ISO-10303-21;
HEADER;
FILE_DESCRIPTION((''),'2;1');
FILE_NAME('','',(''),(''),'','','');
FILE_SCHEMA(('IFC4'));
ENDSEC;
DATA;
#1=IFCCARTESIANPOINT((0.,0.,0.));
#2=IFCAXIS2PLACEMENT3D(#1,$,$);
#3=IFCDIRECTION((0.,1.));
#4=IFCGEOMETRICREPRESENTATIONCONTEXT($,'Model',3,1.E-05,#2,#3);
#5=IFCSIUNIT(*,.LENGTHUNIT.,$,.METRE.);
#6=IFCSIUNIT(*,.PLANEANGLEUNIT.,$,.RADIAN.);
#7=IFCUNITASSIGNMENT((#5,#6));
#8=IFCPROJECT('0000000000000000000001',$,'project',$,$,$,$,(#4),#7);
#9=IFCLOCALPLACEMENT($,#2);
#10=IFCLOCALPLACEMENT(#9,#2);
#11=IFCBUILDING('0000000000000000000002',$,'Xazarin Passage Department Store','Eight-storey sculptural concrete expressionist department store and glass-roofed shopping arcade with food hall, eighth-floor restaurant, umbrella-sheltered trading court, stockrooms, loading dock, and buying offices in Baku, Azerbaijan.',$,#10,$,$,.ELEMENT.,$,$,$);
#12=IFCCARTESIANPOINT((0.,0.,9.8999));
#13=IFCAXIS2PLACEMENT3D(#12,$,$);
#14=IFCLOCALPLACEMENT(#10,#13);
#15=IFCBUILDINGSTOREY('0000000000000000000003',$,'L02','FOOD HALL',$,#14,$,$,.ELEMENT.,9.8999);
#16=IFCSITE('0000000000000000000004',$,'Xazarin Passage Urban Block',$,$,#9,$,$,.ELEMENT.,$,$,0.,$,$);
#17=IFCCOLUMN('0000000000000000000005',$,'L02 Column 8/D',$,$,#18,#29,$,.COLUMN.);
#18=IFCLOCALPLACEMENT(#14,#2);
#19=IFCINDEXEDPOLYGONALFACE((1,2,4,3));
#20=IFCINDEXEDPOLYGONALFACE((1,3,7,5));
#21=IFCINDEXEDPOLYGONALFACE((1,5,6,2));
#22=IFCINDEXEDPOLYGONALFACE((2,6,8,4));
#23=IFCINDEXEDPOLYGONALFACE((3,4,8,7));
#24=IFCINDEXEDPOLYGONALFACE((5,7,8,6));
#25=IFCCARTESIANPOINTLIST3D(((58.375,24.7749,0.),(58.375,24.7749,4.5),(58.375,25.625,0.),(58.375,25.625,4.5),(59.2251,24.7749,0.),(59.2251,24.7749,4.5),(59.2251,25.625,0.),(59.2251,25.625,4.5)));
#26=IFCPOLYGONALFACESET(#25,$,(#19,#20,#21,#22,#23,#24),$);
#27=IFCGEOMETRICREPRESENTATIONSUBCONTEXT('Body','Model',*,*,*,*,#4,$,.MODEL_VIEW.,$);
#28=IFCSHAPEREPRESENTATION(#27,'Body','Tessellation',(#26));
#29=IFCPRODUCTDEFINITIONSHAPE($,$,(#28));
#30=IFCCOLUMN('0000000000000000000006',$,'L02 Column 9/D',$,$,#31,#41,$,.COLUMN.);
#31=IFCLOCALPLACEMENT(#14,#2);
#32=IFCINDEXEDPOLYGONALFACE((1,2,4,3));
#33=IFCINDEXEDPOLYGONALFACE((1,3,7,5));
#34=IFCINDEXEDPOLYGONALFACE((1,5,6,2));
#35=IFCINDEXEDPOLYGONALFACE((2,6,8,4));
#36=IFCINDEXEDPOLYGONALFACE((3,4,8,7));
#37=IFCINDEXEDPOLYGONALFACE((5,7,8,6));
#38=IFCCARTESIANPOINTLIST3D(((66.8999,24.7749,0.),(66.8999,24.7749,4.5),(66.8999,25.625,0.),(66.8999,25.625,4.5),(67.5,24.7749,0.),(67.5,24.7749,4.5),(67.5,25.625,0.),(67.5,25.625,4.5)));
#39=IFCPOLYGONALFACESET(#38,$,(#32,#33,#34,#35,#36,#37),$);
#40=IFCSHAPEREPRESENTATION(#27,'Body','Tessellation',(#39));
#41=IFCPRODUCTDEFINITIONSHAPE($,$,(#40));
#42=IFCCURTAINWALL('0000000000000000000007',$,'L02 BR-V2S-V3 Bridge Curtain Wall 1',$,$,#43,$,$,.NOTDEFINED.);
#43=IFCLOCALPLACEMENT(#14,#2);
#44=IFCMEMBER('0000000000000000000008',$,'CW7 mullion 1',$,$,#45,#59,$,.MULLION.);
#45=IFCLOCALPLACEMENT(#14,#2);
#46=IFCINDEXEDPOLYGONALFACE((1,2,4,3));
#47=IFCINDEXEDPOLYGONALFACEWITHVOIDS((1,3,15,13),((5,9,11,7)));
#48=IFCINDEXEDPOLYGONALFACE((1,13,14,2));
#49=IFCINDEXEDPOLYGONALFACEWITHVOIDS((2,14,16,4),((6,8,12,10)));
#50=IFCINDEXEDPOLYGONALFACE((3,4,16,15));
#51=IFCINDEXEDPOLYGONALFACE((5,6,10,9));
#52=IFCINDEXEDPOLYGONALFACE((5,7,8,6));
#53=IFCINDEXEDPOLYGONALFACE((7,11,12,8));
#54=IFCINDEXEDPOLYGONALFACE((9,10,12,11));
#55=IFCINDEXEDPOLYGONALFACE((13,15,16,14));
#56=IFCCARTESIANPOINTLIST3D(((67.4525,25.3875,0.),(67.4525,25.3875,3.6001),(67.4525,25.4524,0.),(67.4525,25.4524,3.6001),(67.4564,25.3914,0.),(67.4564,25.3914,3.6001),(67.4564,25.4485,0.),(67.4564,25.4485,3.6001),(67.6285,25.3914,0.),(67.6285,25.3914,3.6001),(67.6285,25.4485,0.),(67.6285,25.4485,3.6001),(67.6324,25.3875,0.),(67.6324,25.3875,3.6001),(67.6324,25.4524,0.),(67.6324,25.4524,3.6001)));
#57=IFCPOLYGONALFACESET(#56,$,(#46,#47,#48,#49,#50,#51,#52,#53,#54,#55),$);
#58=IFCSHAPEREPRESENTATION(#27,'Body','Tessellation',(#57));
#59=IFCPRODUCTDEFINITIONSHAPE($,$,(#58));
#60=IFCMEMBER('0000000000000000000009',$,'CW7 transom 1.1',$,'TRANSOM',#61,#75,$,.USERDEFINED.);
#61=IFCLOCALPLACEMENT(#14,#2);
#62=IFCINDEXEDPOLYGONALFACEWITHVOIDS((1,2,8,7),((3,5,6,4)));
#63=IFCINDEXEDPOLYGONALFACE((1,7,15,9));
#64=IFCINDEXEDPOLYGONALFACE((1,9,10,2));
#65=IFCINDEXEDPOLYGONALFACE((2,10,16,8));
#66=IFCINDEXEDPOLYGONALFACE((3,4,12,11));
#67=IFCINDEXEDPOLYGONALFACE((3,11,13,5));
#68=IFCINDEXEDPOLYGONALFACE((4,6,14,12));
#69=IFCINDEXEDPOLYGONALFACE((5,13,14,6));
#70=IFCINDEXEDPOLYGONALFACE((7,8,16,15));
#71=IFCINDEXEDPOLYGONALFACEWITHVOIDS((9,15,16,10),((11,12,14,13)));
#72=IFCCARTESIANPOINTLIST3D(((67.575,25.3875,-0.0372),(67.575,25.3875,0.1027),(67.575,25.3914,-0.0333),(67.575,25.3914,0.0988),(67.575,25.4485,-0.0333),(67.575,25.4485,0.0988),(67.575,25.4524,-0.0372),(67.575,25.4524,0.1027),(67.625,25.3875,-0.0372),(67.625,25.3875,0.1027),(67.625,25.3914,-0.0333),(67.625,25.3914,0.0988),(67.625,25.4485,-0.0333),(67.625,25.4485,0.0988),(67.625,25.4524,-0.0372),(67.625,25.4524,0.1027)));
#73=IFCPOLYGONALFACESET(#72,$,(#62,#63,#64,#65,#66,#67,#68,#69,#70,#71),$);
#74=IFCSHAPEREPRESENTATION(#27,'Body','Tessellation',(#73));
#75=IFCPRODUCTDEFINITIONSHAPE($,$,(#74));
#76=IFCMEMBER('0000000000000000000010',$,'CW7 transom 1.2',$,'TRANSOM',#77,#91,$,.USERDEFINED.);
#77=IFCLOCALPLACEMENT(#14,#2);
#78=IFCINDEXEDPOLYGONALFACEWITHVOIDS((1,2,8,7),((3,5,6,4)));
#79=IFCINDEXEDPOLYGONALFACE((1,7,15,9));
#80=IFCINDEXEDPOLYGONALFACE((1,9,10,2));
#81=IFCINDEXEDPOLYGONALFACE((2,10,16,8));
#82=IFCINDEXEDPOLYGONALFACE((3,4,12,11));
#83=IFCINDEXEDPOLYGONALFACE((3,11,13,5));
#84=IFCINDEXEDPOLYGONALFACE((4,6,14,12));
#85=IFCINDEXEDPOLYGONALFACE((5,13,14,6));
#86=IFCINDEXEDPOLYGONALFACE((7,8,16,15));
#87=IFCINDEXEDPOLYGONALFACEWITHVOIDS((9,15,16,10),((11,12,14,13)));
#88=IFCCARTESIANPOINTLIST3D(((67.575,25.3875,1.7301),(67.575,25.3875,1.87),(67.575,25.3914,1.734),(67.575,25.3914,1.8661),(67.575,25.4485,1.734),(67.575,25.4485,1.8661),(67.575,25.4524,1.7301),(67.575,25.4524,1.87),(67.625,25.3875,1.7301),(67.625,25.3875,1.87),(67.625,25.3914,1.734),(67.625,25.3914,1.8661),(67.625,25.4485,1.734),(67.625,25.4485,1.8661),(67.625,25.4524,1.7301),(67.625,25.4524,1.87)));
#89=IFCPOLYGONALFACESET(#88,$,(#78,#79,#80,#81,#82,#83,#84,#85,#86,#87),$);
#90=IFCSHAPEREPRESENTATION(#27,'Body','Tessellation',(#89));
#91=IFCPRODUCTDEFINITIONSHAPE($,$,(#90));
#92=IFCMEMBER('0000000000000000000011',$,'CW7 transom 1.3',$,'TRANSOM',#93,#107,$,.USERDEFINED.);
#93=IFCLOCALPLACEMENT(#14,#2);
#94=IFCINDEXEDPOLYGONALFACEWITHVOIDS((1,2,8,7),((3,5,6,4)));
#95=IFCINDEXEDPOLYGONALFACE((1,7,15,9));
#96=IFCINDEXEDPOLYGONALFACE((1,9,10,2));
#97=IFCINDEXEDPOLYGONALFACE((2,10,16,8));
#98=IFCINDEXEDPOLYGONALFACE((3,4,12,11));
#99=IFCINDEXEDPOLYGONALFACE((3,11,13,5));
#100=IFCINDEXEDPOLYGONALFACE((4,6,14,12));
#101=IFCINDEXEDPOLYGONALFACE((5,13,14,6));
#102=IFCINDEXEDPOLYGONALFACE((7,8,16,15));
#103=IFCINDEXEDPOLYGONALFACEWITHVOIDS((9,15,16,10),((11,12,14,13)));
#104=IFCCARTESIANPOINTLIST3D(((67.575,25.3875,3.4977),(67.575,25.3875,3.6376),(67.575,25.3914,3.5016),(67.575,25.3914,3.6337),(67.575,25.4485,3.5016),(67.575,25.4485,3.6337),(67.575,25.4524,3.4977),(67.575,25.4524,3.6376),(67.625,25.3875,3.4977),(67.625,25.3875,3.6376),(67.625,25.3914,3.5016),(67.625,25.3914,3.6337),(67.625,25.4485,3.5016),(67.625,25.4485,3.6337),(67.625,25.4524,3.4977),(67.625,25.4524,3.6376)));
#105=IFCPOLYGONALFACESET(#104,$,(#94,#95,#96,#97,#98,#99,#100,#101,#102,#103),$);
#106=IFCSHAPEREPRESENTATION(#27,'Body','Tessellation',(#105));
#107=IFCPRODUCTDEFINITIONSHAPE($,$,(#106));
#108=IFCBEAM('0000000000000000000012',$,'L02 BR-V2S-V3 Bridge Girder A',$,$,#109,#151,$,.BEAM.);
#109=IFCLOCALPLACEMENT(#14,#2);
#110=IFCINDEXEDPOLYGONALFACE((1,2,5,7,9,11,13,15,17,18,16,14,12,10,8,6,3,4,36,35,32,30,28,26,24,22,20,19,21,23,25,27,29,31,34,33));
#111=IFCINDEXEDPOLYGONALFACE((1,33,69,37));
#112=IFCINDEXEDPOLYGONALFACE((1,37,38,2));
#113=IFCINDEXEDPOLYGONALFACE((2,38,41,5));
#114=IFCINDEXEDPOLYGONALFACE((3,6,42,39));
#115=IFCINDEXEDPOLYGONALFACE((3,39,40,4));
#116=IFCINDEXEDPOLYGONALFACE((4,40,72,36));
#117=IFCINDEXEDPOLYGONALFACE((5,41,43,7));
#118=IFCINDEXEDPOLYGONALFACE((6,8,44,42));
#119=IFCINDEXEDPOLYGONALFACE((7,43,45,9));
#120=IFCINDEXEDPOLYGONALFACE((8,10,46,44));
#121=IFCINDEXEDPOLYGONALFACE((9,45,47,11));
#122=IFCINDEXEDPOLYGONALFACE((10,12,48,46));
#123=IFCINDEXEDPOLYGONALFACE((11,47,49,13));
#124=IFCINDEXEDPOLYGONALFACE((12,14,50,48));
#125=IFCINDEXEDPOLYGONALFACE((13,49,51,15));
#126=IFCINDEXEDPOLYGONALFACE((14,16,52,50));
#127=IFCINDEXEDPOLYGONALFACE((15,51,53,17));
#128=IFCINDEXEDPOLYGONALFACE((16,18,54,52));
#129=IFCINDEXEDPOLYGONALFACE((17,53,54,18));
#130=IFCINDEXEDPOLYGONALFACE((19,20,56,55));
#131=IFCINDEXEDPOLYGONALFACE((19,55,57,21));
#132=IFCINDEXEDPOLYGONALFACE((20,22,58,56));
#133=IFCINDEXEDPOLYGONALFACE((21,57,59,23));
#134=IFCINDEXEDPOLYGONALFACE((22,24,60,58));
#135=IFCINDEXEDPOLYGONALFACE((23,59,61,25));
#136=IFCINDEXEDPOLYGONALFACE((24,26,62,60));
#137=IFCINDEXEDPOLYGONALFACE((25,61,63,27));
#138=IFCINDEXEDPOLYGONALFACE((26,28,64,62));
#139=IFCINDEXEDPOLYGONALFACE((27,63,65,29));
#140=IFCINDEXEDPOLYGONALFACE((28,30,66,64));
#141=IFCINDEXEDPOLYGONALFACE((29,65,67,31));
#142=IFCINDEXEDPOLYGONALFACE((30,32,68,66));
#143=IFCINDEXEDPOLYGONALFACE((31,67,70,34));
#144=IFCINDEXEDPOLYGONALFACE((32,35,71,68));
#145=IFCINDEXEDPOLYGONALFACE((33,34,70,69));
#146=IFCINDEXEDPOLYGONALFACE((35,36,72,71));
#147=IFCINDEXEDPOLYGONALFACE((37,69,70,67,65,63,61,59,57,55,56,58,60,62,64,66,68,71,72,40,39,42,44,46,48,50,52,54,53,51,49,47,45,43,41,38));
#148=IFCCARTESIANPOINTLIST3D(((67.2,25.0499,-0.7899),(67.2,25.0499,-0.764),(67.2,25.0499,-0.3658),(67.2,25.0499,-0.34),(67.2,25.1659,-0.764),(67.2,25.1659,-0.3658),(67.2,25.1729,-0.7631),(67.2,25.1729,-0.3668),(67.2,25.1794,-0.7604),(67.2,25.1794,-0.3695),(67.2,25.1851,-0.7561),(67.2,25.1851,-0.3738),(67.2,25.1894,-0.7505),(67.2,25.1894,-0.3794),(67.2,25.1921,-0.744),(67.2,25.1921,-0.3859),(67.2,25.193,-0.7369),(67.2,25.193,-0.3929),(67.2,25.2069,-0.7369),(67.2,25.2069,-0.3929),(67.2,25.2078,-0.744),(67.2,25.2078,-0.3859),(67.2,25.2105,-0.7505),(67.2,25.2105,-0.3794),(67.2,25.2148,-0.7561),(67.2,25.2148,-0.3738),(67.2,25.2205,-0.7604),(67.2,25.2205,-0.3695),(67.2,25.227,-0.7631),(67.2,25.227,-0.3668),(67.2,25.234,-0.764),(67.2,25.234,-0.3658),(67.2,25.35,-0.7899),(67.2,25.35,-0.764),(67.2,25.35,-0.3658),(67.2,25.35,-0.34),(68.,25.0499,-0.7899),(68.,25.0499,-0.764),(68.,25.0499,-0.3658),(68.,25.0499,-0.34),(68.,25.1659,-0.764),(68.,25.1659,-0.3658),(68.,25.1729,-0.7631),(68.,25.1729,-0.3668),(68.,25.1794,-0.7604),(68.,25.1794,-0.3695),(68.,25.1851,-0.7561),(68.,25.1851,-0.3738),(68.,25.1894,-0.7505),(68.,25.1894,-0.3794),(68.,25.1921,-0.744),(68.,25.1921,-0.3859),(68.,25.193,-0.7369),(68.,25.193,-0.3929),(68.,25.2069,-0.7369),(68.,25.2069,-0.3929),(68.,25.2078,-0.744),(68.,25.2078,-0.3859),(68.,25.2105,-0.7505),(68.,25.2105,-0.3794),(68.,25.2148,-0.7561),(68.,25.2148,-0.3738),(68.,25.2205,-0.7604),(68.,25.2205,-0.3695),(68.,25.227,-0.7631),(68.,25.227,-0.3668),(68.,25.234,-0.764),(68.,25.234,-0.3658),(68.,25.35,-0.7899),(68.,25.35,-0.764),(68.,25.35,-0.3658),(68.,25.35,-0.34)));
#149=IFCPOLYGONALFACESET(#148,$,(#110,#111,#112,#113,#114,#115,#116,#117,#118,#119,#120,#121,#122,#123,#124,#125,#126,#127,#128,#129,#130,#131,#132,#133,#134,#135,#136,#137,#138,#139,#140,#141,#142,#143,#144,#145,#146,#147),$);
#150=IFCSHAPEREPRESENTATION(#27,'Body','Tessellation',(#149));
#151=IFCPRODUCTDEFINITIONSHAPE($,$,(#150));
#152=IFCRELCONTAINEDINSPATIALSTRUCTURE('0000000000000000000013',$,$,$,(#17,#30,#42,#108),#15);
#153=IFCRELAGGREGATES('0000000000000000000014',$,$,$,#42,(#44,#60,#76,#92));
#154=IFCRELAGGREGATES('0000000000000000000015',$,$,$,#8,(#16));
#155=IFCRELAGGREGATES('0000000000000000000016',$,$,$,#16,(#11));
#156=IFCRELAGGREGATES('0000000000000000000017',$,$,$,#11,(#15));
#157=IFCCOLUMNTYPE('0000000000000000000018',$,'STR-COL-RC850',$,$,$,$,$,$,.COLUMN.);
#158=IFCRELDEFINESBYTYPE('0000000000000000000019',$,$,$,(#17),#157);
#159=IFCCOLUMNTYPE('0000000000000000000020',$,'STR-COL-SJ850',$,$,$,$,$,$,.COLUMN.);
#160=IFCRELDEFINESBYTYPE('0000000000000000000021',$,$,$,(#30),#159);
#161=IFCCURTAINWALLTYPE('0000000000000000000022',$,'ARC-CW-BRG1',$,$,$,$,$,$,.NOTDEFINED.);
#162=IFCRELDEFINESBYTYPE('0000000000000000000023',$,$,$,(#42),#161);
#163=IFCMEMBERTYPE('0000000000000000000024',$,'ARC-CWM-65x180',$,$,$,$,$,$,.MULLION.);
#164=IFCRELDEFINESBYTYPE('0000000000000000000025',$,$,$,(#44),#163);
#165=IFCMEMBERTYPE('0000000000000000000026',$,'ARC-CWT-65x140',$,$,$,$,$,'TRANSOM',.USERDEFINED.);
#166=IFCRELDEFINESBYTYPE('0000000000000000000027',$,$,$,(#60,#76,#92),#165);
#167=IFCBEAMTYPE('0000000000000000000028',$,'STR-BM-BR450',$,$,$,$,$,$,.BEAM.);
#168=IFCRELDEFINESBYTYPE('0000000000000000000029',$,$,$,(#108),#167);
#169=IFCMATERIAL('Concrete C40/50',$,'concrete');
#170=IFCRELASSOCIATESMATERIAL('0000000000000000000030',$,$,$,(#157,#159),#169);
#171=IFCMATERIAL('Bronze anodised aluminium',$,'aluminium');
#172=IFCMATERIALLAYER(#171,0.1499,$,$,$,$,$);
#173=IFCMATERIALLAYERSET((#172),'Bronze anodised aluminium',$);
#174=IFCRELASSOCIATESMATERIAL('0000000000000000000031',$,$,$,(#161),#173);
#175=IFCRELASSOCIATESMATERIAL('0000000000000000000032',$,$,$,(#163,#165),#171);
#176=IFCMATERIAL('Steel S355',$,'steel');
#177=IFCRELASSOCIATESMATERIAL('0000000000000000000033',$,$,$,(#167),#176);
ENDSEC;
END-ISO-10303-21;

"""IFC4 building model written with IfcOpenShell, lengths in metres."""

from ifc_helpers import new_model, si_unit, direction, frame, origin, origin_2d, place, context, subcontext, project, spatial, rectangle, hollow_rectangle, i_section, extrude, material, layer, layer_set, material_profile, profile_set, type_object, element, aggregate, save


model = new_model("IFC4")

# Units and contexts
model_context = context("Model", 3, precision=1e-05, world=origin(), true_north=direction((0.0, 1.0)))
body_context = subcontext(model_context, "Body", "Model", "MODEL_VIEW")
ifc_project = project(units=[si_unit("LENGTHUNIT", "METRE"), si_unit("PLANEANGLEUNIT", "RADIAN")], contexts=[model_context])

# Site, building, storey
site_placement = place(None, origin())
site = spatial("IfcSite", under=ifc_project, at=site_placement, Name="Xazarin Passage Urban Block", CompositionType="ELEMENT", RefElevation=0.0)
building_placement = place(site_placement, origin())
building = spatial("IfcBuilding", under=site, at=building_placement, Name="Xazarin Passage Department Store", Description="Eight-storey sculptural concrete expressionist department store and glass-roofed shopping arcade with food hall, eighth-floor restaurant, umbrella-sheltered trading court, stockrooms, loading dock, and buying offices in Baku, Azerbaijan.", CompositionType="ELEMENT")
storey_placement = place(building_placement, frame((0.0, 0.0, 9.8999)))
storey = spatial("IfcBuildingStorey", under=building, at=storey_placement, Name="L02", Description="FOOD HALL", CompositionType="ELEMENT", Elevation=9.8999)

# Columns
ifc_material_1 = material(Name="Concrete C40/50", Category="concrete")
ifc_material_profile_1 = material_profile(ifc_material_1, rectangle(XDim=0.8501, YDim=0.8501, at=origin_2d()), Name="RC 850x850")
ifc_profile_set_1 = profile_set([ifc_material_profile_1], Name="Concrete C40/50")
column_type_1 = type_object("IfcColumnType", Name="STR-COL-RC850", PredefinedType="COLUMN", material=ifc_profile_set_1)
column_1_placement = place(storey_placement, frame((58.8, 25.2, 0.0), z_axis=(0.0, 0.0, 1.0), x_axis=(1.0, 0.0, 0.0)))
element("IfcColumn", 1, at=column_1_placement, inside=storey, type_object=column_type_1, Name="L02 Column 8/D", PredefinedType="COLUMN", context=body_context, shape_type="SweptSolid", body=[
    extrude(rectangle(XDim=0.8501, YDim=0.8501, at=origin_2d()), origin(), (0.0, 0.0, 1.0), 4.5),
])
ifc_material_profile_2 = material_profile(ifc_material_1, rectangle(XDim=0.6001, YDim=0.8501, at=origin_2d()), Name="RC 600x850")
ifc_profile_set_2 = profile_set([ifc_material_profile_2], Name="Concrete C40/50")
column_type_2 = type_object("IfcColumnType", Name="STR-COL-SJ850", PredefinedType="COLUMN", material=ifc_profile_set_2)
column_2_placement = place(storey_placement, frame((67.2, 25.2, 0.0), z_axis=(0.0, 0.0, 1.0), x_axis=(1.0, 0.0, 0.0)))
element("IfcColumn", 2, at=column_2_placement, inside=storey, type_object=column_type_2, Name="L02 Column 9/D", PredefinedType="COLUMN", context=body_context, shape_type="SweptSolid", body=[
    extrude(rectangle(XDim=0.6001, YDim=0.8501, at=origin_2d()), origin(), (0.0, 0.0, 1.0), 4.5),
])

# Curtain wall, members
ifc_material_2 = material(Name="Bronze anodised aluminium", Category="aluminium")
ifc_layer_1 = layer(ifc_material_2, 0.1499)
ifc_layer_set_1 = layer_set([ifc_layer_1], Name="Bronze anodised aluminium")
curtain_wall_type = type_object("IfcCurtainWallType", Name="ARC-CW-BRG1", PredefinedType="NOTDEFINED", material=ifc_layer_set_1)
curtain_wall_placement = place(storey_placement, origin())
curtain_wall = element("IfcCurtainWall", 3, at=curtain_wall_placement, inside=storey, type_object=curtain_wall_type, Name="L02 BR-V2S-V3 Bridge Curtain Wall 1", PredefinedType="NOTDEFINED")
ifc_material_profile_3 = material_profile(ifc_material_2, hollow_rectangle(XDim=0.0649, YDim=0.1799, WallThickness=0.0039, at=origin_2d()), Name="ALU 65x180")
ifc_profile_set_3 = profile_set([ifc_material_profile_3], Name="Bronze anodised aluminium")
member_type_1 = type_object("IfcMemberType", Name="ARC-CWM-65x180", PredefinedType="MULLION", material=ifc_profile_set_3)
member_1_placement = place(storey_placement, frame((67.5425, 25.4199, 0.0), z_axis=(0.0, 0.0, 1.0), x_axis=(0.0, 1.0, 0.0)))
member_1 = element("IfcMember", 4, at=member_1_placement, type_object=member_type_1, Name="CW7 mullion 1", PredefinedType="MULLION", context=body_context, shape_type="SweptSolid", body=[
    extrude(hollow_rectangle(XDim=0.0649, YDim=0.1799, WallThickness=0.0039, at=origin_2d()), origin(), (0.0, 0.0, 1.0), 3.6001),
])
ifc_material_profile_4 = material_profile(ifc_material_2, hollow_rectangle(XDim=0.0649, YDim=0.1399, WallThickness=0.0039, at=origin_2d()), Name="ALU 65x140")
ifc_profile_set_4 = profile_set([ifc_material_profile_4], Name="Bronze anodised aluminium")
member_type_2 = type_object("IfcMemberType", Name="ARC-CWT-65x140", ElementType="TRANSOM", PredefinedType="USERDEFINED", material=ifc_profile_set_4)
member_2_placement = place(storey_placement, frame((67.575, 25.4199, 0.0327), z_axis=(1.0, 0.0, 0.0), x_axis=(0.0, 1.0, 0.0)))
member_2 = element("IfcMember", 5, at=member_2_placement, type_object=member_type_2, Name="CW7 transom 1.1", ObjectType="TRANSOM", PredefinedType="USERDEFINED", context=body_context, shape_type="SweptSolid", body=[
    extrude(hollow_rectangle(XDim=0.0649, YDim=0.1399, WallThickness=0.0039, at=origin_2d()), origin(), (0.0, 0.0, 1.0), 0.05),
])
member_3_placement = place(storey_placement, frame((67.575, 25.4199, 1.8), z_axis=(1.0, 0.0, 0.0), x_axis=(0.0, 1.0, 0.0)))
member_3 = element("IfcMember", 6, at=member_3_placement, type_object=member_type_2, Name="CW7 transom 1.2", ObjectType="TRANSOM", PredefinedType="USERDEFINED", context=body_context, shape_type="SweptSolid", body=[
    extrude(hollow_rectangle(XDim=0.0649, YDim=0.1399, WallThickness=0.0039, at=origin_2d()), origin(), (0.0, 0.0, 1.0), 0.05),
])
member_4_placement = place(storey_placement, frame((67.575, 25.4199, 3.5676), z_axis=(1.0, 0.0, 0.0), x_axis=(0.0, 1.0, 0.0)))
member_4 = element("IfcMember", 7, at=member_4_placement, type_object=member_type_2, Name="CW7 transom 1.3", ObjectType="TRANSOM", PredefinedType="USERDEFINED", context=body_context, shape_type="SweptSolid", body=[
    extrude(hollow_rectangle(XDim=0.0649, YDim=0.1399, WallThickness=0.0039, at=origin_2d()), origin(), (0.0, 0.0, 1.0), 0.05),
])
aggregate(curtain_wall, [member_1, member_2, member_3, member_4])

# Beam
ifc_material_3 = material(Name="Steel S355", Category="steel")
ifc_material_profile_5 = material_profile(ifc_material_3, i_section(OverallWidth=0.3, OverallDepth=0.45, WebThickness=0.0139, FlangeThickness=0.0259, FilletRadius=0.0271, at=origin_2d()), Name="HEB 450")
ifc_profile_set_5 = profile_set([ifc_material_profile_5], Name="Steel S355")
beam_type_1 = type_object("IfcBeamType", Name="STR-BM-BR450", PredefinedType="BEAM", material=ifc_profile_set_5)
beam_1_placement = place(storey_placement, frame((67.2, 25.2, -0.5649), z_axis=(1.0, 0.0, 0.0), x_axis=(0.0, 1.0, 0.0)))
element("IfcBeam", 8, at=beam_1_placement, inside=storey, type_object=beam_type_1, Name="L02 BR-V2S-V3 Bridge Girder A", PredefinedType="BEAM", context=body_context, shape_type="SweptSolid", body=[
    extrude(i_section(OverallWidth=0.3, OverallDepth=0.45, WebThickness=0.0139, FlangeThickness=0.0259, FilletRadius=0.0271, at=origin_2d()), origin(), (0.0, 0.0, 1.0), 0.8),
])

save(model, "model.ifc")
